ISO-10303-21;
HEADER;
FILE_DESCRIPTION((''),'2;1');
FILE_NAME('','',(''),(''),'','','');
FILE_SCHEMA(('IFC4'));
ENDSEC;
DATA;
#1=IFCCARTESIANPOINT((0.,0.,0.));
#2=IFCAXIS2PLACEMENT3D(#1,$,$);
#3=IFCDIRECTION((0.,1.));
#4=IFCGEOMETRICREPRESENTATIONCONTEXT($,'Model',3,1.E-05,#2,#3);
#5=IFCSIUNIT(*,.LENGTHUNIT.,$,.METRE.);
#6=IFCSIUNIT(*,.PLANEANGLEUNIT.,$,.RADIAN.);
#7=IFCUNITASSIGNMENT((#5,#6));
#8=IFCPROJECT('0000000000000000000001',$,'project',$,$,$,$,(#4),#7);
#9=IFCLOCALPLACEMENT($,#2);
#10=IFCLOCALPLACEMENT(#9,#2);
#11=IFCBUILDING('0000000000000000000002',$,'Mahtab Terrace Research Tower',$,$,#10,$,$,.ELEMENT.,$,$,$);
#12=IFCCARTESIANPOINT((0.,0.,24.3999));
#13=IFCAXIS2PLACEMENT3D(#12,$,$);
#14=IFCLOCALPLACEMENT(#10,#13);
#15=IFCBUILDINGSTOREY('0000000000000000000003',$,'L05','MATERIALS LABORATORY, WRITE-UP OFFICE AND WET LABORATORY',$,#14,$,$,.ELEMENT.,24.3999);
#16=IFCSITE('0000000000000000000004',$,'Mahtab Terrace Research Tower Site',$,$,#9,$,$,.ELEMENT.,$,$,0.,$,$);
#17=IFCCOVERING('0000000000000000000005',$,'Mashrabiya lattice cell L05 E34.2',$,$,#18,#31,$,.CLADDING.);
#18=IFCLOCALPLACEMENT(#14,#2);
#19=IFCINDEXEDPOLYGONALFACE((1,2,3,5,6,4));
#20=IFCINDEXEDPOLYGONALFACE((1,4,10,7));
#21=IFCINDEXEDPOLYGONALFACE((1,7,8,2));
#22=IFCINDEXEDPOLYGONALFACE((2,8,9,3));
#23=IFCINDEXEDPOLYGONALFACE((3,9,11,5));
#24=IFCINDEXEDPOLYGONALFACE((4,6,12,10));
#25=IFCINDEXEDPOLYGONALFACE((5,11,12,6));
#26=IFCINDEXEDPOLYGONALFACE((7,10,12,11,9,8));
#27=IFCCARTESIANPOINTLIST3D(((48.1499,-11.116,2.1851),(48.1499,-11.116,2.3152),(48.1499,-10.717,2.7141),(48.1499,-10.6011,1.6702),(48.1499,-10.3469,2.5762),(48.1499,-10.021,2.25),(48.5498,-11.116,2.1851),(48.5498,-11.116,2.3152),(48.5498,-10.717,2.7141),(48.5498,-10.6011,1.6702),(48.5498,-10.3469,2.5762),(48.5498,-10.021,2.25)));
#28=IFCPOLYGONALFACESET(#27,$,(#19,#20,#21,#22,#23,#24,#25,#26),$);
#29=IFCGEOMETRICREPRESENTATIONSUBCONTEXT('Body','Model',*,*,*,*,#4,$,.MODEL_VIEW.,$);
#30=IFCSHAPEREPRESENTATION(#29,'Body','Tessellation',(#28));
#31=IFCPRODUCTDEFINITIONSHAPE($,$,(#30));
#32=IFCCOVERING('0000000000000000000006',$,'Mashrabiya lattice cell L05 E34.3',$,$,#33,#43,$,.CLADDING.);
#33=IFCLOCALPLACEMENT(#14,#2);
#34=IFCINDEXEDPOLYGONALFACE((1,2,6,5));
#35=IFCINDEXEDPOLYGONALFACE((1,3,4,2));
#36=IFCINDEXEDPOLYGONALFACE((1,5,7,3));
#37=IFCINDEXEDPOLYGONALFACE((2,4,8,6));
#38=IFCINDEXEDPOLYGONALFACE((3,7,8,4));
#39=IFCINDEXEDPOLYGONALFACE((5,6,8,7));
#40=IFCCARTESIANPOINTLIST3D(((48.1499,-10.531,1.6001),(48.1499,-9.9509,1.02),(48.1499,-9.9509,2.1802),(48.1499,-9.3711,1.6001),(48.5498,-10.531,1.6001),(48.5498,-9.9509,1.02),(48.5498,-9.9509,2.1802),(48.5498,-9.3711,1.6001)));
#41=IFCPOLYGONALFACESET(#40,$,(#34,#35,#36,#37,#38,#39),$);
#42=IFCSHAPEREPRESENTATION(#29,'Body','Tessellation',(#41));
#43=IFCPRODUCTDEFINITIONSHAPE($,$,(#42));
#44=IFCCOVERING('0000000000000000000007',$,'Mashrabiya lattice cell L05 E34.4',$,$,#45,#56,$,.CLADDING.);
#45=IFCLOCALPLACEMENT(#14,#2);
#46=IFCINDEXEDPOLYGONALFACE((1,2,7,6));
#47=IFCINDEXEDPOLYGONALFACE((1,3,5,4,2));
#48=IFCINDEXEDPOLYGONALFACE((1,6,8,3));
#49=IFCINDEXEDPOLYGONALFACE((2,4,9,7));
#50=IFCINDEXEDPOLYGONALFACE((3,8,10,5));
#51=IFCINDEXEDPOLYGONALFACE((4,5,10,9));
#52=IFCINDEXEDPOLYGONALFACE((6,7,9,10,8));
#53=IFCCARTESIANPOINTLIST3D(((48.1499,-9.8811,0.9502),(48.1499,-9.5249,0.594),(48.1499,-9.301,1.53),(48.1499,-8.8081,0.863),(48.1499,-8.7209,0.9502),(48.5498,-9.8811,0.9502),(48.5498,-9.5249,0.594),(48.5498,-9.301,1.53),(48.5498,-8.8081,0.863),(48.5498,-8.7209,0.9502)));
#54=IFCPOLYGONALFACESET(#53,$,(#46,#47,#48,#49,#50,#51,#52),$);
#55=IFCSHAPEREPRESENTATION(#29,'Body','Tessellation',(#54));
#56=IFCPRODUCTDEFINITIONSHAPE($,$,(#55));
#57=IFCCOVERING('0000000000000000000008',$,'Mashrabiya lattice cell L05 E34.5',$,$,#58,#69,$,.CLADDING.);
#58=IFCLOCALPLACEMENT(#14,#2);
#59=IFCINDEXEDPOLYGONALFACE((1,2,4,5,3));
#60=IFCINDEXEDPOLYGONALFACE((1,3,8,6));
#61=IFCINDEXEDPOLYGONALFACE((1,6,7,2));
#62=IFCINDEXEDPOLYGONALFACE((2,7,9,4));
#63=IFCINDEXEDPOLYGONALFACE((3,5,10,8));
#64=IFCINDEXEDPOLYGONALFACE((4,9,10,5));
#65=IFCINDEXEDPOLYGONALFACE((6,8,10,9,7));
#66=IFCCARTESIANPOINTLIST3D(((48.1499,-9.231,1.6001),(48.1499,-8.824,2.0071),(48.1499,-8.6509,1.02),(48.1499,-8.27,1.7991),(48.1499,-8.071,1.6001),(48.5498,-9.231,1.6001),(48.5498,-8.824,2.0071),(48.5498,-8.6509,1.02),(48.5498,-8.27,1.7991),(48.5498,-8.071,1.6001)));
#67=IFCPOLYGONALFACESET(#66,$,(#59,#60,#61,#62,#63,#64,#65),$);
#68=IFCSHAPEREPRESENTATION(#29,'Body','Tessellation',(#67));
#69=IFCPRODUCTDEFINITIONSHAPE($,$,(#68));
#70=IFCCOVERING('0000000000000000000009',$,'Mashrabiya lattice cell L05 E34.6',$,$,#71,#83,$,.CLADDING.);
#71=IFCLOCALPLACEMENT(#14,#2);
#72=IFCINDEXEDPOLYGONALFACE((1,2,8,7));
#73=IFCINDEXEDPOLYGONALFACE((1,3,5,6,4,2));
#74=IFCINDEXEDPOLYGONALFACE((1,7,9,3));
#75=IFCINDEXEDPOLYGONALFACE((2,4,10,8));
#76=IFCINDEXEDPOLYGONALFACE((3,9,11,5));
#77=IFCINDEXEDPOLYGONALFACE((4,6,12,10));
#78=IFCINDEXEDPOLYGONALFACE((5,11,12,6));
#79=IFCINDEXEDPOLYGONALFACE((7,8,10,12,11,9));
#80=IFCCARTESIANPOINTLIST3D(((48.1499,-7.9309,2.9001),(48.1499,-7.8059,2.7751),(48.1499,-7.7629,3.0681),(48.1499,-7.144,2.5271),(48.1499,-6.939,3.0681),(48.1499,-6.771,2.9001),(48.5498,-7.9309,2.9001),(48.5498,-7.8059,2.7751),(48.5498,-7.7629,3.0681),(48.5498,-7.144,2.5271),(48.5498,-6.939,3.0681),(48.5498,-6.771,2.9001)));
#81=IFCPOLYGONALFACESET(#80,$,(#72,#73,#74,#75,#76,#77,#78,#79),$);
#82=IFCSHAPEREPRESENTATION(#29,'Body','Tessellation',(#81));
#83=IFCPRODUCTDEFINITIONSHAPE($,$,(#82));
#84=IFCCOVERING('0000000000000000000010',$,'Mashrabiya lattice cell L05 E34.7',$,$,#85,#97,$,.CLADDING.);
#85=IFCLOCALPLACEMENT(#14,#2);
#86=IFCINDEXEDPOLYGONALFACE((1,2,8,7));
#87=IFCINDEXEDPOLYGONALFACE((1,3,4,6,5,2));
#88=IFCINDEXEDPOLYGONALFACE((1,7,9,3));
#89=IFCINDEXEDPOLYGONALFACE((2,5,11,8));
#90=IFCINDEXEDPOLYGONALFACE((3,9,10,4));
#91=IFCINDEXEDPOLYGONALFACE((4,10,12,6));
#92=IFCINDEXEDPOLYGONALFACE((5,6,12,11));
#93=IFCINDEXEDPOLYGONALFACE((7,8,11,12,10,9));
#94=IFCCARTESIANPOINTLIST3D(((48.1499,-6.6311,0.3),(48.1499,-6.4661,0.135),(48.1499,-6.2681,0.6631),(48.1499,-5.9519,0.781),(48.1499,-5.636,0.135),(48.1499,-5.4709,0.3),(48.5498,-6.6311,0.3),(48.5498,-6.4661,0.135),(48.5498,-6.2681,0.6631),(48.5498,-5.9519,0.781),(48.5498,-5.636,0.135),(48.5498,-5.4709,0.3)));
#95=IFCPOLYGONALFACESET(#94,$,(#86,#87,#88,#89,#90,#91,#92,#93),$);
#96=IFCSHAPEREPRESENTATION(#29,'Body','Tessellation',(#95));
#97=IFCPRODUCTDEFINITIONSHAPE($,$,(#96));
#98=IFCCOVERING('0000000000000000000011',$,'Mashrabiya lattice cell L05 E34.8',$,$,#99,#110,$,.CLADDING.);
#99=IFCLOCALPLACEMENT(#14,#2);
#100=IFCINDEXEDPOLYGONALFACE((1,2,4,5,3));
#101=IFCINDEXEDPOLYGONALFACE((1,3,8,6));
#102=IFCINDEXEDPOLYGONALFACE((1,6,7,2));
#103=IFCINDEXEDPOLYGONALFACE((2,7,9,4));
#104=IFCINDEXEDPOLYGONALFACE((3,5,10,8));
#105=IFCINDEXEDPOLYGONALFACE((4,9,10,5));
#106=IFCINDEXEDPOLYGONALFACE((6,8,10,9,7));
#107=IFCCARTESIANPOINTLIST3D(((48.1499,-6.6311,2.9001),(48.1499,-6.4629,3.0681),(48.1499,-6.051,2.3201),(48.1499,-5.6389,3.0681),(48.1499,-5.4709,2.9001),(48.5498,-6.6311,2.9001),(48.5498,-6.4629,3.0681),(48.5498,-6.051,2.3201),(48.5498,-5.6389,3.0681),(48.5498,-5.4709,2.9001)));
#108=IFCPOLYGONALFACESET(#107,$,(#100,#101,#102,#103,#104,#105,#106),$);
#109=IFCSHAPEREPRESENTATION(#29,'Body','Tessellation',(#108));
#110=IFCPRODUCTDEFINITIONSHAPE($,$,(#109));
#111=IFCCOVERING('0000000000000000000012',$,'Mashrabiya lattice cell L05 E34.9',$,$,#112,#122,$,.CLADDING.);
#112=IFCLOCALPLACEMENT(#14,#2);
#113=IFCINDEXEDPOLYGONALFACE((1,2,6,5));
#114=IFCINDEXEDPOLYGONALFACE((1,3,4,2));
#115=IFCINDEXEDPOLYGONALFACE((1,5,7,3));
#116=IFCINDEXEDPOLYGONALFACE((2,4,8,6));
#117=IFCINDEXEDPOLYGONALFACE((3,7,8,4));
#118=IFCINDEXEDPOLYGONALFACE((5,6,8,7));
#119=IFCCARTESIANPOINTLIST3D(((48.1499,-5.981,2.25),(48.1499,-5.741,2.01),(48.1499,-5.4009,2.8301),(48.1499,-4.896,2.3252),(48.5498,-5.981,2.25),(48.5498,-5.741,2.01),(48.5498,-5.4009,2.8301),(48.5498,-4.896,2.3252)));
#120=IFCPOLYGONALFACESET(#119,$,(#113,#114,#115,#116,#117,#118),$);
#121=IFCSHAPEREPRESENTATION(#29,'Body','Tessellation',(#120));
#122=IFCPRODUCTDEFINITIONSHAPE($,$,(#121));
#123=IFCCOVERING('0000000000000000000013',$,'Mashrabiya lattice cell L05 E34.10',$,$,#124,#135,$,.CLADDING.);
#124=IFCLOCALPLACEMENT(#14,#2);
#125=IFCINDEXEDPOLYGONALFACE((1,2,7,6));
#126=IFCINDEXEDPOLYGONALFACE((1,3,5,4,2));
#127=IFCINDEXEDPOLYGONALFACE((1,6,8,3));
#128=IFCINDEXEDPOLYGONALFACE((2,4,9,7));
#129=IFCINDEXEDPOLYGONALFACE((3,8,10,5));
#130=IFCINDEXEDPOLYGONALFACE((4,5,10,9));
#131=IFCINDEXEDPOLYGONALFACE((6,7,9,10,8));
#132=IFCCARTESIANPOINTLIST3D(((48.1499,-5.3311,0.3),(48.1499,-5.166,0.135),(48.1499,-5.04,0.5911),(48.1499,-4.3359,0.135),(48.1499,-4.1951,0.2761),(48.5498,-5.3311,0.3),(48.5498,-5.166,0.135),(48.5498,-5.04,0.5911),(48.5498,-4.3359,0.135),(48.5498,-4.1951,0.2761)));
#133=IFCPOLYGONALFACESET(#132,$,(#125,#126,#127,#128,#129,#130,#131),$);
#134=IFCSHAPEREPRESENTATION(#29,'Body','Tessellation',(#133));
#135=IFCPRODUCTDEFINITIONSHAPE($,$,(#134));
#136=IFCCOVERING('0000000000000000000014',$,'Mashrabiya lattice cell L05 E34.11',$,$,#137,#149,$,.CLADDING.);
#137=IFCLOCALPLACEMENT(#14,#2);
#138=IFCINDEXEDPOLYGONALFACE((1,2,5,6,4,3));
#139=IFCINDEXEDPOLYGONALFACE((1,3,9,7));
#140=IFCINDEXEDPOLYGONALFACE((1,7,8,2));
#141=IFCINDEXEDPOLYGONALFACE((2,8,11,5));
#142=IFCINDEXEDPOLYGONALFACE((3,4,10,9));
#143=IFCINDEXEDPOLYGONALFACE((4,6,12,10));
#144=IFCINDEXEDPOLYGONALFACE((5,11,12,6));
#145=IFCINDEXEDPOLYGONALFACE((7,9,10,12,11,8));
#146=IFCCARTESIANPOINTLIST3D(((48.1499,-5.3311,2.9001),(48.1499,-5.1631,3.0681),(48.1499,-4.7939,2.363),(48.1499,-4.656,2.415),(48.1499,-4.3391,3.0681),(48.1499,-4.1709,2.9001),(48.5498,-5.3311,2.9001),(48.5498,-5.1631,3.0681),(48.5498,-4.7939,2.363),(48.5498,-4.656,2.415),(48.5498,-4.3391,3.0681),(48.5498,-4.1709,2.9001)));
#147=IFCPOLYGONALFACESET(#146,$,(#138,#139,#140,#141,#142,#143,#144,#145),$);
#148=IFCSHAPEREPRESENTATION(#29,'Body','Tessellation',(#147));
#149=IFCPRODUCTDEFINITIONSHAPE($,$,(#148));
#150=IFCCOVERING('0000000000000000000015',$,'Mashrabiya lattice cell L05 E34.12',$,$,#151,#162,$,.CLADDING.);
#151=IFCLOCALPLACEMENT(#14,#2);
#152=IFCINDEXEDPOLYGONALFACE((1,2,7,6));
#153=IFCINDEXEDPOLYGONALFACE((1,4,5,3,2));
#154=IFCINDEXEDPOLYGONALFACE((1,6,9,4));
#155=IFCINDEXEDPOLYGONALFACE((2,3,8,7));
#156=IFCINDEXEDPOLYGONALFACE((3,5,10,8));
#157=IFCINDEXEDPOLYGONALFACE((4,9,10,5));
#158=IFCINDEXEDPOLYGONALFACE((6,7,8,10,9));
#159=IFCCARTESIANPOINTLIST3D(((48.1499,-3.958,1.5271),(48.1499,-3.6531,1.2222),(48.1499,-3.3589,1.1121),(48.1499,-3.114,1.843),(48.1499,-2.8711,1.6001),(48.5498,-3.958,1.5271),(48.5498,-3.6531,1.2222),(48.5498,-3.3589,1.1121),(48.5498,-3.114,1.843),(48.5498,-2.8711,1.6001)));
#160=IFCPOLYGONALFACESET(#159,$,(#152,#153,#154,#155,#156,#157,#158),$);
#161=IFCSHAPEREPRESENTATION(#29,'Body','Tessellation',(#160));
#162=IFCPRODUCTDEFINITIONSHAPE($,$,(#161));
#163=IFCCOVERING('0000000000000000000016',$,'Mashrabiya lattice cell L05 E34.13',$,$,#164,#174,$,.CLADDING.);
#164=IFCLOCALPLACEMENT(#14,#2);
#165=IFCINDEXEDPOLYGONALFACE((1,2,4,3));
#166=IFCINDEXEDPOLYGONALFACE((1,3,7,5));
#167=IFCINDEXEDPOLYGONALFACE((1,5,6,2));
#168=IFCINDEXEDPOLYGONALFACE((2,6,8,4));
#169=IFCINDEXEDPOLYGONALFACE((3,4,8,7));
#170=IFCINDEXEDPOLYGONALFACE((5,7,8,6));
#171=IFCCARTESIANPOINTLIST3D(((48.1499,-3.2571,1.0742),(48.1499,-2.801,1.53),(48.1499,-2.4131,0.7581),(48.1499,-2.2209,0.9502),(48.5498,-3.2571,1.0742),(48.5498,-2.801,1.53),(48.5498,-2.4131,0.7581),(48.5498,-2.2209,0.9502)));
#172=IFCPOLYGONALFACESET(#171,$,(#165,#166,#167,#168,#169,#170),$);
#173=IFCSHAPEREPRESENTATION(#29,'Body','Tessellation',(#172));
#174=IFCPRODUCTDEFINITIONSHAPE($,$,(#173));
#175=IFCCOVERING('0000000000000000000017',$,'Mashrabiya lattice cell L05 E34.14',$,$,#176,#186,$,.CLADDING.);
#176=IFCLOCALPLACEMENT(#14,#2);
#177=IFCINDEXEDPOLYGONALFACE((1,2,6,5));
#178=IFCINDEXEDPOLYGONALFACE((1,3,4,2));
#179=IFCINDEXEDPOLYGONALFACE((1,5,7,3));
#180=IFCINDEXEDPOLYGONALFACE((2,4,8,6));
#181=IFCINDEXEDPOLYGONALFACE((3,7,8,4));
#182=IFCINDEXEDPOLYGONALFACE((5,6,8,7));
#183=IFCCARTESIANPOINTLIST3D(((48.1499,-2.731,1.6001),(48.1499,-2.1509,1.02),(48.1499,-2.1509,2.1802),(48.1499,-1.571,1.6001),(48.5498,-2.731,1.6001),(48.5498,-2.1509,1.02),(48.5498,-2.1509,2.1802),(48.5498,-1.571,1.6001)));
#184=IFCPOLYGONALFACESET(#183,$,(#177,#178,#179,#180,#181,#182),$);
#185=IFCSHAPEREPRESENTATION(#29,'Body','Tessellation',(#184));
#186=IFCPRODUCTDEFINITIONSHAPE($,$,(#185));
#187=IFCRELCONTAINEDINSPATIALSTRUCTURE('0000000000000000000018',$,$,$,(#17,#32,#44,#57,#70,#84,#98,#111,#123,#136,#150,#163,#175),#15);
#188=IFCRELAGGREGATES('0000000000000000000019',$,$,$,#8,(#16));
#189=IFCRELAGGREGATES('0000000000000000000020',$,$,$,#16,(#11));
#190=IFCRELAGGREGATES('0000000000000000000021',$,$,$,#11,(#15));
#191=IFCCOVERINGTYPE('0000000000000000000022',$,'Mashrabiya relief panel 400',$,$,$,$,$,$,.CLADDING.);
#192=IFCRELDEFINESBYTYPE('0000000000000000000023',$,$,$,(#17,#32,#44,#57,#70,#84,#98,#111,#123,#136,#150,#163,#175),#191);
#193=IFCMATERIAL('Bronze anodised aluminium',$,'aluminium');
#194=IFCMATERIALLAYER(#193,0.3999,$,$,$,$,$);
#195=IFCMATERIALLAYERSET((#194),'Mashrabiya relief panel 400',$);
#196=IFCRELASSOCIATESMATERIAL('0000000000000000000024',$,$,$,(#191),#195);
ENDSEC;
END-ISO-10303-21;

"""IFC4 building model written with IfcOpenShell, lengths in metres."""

from ifc_helpers import new_model, si_unit, direction, frame, origin, place, context, subcontext, project, spatial, polyline, outline, extrude, material, layer, layer_set, type_object, element, save


model = new_model("IFC4")

# Units and contexts
model_context = context("Model", 3, precision=1e-05, world=origin(), true_north=direction((0.0, 1.0)))
body_context = subcontext(model_context, "Body", "Model", "MODEL_VIEW")
ifc_project = project(units=[si_unit("LENGTHUNIT", "METRE"), si_unit("PLANEANGLEUNIT", "RADIAN")], contexts=[model_context])

# Site, building, storey
site_placement = place(None, origin())
site = spatial("IfcSite", under=ifc_project, at=site_placement, Name="Mahtab Terrace Research Tower Site", CompositionType="ELEMENT", RefElevation=0.0)
building_placement = place(site_placement, origin())
building = spatial("IfcBuilding", under=site, at=building_placement, Name="Mahtab Terrace Research Tower", CompositionType="ELEMENT")
storey_placement = place(building_placement, frame((0.0, 0.0, 24.3999)))
storey = spatial("IfcBuildingStorey", under=building, at=storey_placement, Name="L05", Description="MATERIALS LABORATORY, WRITE-UP OFFICE AND WET LABORATORY", CompositionType="ELEMENT", Elevation=24.3999)

# Coverings
ifc_material = material(Name="Bronze anodised aluminium", Category="aluminium")
ifc_layer = layer(ifc_material, 0.3999)
ifc_layer_set = layer_set([ifc_layer], Name="Mashrabiya relief panel 400")
covering_type = type_object("IfcCoveringType", Name="Mashrabiya relief panel 400", PredefinedType="CLADDING", material=ifc_layer_set)
covering_1_placement = place(storey_placement, frame((48.1499, -10.021, 2.25), z_axis=(-1.0, 0.0, 0.0), x_axis=(0.0, -0.707256, -0.706958)))
element("IfcCovering", 1, at=covering_1_placement, inside=storey, type_object=covering_type, Name="Mashrabiya lattice cell L05 E34.2", PredefinedType="CLADDING", context=body_context, shape_type="SweptSolid", body=[
    extrude(outline(polyline([(0.0, 0.0), (0.8202, 0.0), (0.8203, 0.7282), (0.7283, 0.8202), (0.1642, 0.8203), (-0.0001, 0.4611), (0.0, 0.0)])), origin(), (0.0, 0.0, -1.0), 0.3999),
])
covering_2_placement = place(storey_placement, frame((48.1499, -9.9509, 2.1802), z_axis=(-1.0, 0.0, 0.0), x_axis=(0.0, 0.706958, -0.707256)))
element("IfcCovering", 2, at=covering_2_placement, inside=storey, type_object=covering_type, Name="Mashrabiya lattice cell L05 E34.3", PredefinedType="CLADDING", context=body_context, shape_type="SweptSolid", body=[
    extrude(outline(polyline([(0.0, 0.0), (0.8202, 0.0), (0.8205, 0.8202), (0.0002, 0.8204), (0.0, 0.0)])), origin(), (0.0, 0.0, -1.0), 0.3999),
])
covering_3_placement = place(storey_placement, frame((48.1499, -9.8811, 0.9502), z_axis=(-1.0, 0.0, 0.0), x_axis=(0.0, 0.707256, 0.706958)))
element("IfcCovering", 3, at=covering_3_placement, inside=storey, type_object=covering_type, Name="Mashrabiya lattice cell L05 E34.4", PredefinedType="CLADDING", context=body_context, shape_type="SweptSolid", body=[
    extrude(outline(polyline([(0.0, 0.0), (0.8202, 0.0), (0.8205, 0.8202), (0.6973, 0.8202), (0.0001, 0.5037), (0.0, 0.0)])), origin(), (0.0, 0.0, -1.0), 0.3999),
])
covering_4_placement = place(storey_placement, frame((48.1499, -8.071, 1.6001), z_axis=(-1.0, 0.0, 0.0), x_axis=(0.0, -0.706958, -0.707256)))
element("IfcCovering", 4, at=covering_4_placement, inside=storey, type_object=covering_type, Name="Mashrabiya lattice cell L05 E34.5", PredefinedType="CLADDING", context=body_context, shape_type="SweptSolid", body=[
    extrude(outline(polyline([(0.0, 0.0), (0.8202, 0.0), (0.82, 0.8204), (0.2444, 0.8202), (-0.0001, 0.2814), (0.0, 0.0)])), origin(), (0.0, 0.0, -1.0), 0.3999),
])
covering_5_placement = place(storey_placement, frame((48.1499, -7.9309, 2.9001), z_axis=(-1.0, 0.0, 0.0), x_axis=(0.0, 0.707107, 0.707107)))
element("IfcCovering", 5, at=covering_5_placement, inside=storey, type_object=covering_type, Name="Mashrabiya lattice cell L05 E34.6", PredefinedType="CLADDING", context=body_context, shape_type="SweptSolid", body=[
    extrude(outline(polyline([(0.0, 0.0), (0.2375, 0.0), (0.8202, 0.5826), (0.8202, 0.8202), (0.2926, 0.8202), (0.0, 0.1768), (0.0, 0.0)])), origin(), (0.0, 0.0, -1.0), 0.3999),
])
covering_6_placement = place(storey_placement, frame((48.1499, -6.6311, 0.3), z_axis=(-1.0, 0.0, 0.0), x_axis=(0.0, 0.707107, 0.707107)))
element("IfcCovering", 6, at=covering_6_placement, inside=storey, type_object=covering_type, Name="Mashrabiya lattice cell L05 E34.7", PredefinedType="CLADDING", context=body_context, shape_type="SweptSolid", body=[
    extrude(outline(polyline([(0.0, 0.0), (0.5134, 0.0), (0.8204, 0.1402), (0.8204, 0.8204), (0.587, 0.8204), (0.0, 0.2334), (0.0, 0.0)])), origin(), (0.0, 0.0, -1.0), 0.3999),
])
covering_7_placement = place(storey_placement, frame((48.1499, -5.4709, 2.9001), z_axis=(-1.0, 0.0, 0.0), x_axis=(0.0, -0.707107, -0.707107)))
element("IfcCovering", 7, at=covering_7_placement, inside=storey, type_object=covering_type, Name="Mashrabiya lattice cell L05 E34.8", PredefinedType="CLADDING", context=body_context, shape_type="SweptSolid", body=[
    extrude(outline(polyline([(0.0, 0.0), (0.8204, 0.0), (0.8204, 0.8204), (0.5826, 0.8202), (0.0, 0.2375), (0.0, 0.0)])), origin(), (0.0, 0.0, -1.0), 0.3999),
])
covering_8_placement = place(storey_placement, frame((48.1499, -5.981, 2.25), z_axis=(-1.0, 0.0, 0.0), x_axis=(0.0, 0.707107, 0.707107)))
element("IfcCovering", 8, at=covering_8_placement, inside=storey, type_object=covering_type, Name="Mashrabiya lattice cell L05 E34.9", PredefinedType="CLADDING", context=body_context, shape_type="SweptSolid", body=[
    extrude(outline(polyline([(0.0, 0.0), (0.8204, 0.0), (0.8204, 0.714), (0.0, 0.3394), (0.0, 0.0)])), origin(), (0.0, 0.0, -1.0), 0.3999),
])
covering_9_placement = place(storey_placement, frame((48.1499, -5.3311, 0.3), z_axis=(-1.0, 0.0, 0.0), x_axis=(0.0, 0.707107, 0.707107)))
element("IfcCovering", 9, at=covering_9_placement, inside=storey, type_object=covering_type, Name="Mashrabiya lattice cell L05 E34.10", PredefinedType="CLADDING", context=body_context, shape_type="SweptSolid", body=[
    extrude(outline(polyline([(0.0, 0.0), (0.4116, 0.0), (0.7863, 0.8202), (0.587, 0.8204), (0.0, 0.2334), (0.0, 0.0)])), origin(), (0.0, 0.0, -1.0), 0.3999),
])
covering_10_placement = place(storey_placement, frame((48.1499, -5.3311, 2.9001), z_axis=(-1.0, 0.0, 0.0), x_axis=(0.0, 0.707107, 0.707107)))
element("IfcCovering", 10, at=covering_10_placement, inside=storey, type_object=covering_type, Name="Mashrabiya lattice cell L05 E34.11", PredefinedType="CLADDING", context=body_context, shape_type="SweptSolid", body=[
    extrude(outline(polyline([(0.0, 0.0), (0.2375, 0.0), (0.8202, 0.5826), (0.8204, 0.8204), (0.1343, 0.8204), (0.0, 0.7596), (0.0, 0.0)])), origin(), (0.0, 0.0, -1.0), 0.3999),
])
covering_11_placement = place(storey_placement, frame((48.1499, -3.958, 1.5271), z_axis=(-1.0, 0.0, 0.0), x_axis=(0.0, 0.936541, 0.350559)))
element("IfcCovering", 11, at=covering_11_placement, inside=storey, type_object=covering_type, Name="Mashrabiya lattice cell L05 E34.12", PredefinedType="CLADDING", context=body_context, shape_type="SweptSolid", body=[
    extrude(outline(polyline([(0.0, 0.0), (0.9012, 0.0), (1.0435, 0.3127), (0.4156, 0.5987), (0.1787, 0.3925), (0.0, 0.0)])), origin(), (0.0, 0.0, -1.0), 0.3999),
])
covering_12_placement = place(storey_placement, frame((48.1499, -2.801, 1.53), z_axis=(-1.0, 0.0, 0.0), x_axis=(0.0, 0.707256, -0.706958)))
element("IfcCovering", 12, at=covering_12_placement, inside=storey, type_object=covering_type, Name="Mashrabiya lattice cell L05 E34.13", PredefinedType="CLADDING", context=body_context, shape_type="SweptSolid", body=[
    extrude(outline(polyline([(0.0, 0.0), (0.8202, 0.0), (0.8201, 0.2717), (-0.0003, 0.6448), (0.0, 0.0)])), origin(), (0.0, 0.0, -1.0), 0.3999),
])
covering_13_placement = place(storey_placement, frame((48.1499, -2.1509, 2.1802), z_axis=(-1.0, 0.0, 0.0), x_axis=(0.0, 0.706958, -0.707256)))
element("IfcCovering", 13, at=covering_13_placement, inside=storey, type_object=covering_type, Name="Mashrabiya lattice cell L05 E34.14", PredefinedType="CLADDING", context=body_context, shape_type="SweptSolid", body=[
    extrude(outline(polyline([(0.0, 0.0), (0.8202, 0.0), (0.8205, 0.8202), (0.0002, 0.8204), (0.0, 0.0)])), origin(), (0.0, 0.0, -1.0), 0.3999),
])

save(model, "model.ifc")
